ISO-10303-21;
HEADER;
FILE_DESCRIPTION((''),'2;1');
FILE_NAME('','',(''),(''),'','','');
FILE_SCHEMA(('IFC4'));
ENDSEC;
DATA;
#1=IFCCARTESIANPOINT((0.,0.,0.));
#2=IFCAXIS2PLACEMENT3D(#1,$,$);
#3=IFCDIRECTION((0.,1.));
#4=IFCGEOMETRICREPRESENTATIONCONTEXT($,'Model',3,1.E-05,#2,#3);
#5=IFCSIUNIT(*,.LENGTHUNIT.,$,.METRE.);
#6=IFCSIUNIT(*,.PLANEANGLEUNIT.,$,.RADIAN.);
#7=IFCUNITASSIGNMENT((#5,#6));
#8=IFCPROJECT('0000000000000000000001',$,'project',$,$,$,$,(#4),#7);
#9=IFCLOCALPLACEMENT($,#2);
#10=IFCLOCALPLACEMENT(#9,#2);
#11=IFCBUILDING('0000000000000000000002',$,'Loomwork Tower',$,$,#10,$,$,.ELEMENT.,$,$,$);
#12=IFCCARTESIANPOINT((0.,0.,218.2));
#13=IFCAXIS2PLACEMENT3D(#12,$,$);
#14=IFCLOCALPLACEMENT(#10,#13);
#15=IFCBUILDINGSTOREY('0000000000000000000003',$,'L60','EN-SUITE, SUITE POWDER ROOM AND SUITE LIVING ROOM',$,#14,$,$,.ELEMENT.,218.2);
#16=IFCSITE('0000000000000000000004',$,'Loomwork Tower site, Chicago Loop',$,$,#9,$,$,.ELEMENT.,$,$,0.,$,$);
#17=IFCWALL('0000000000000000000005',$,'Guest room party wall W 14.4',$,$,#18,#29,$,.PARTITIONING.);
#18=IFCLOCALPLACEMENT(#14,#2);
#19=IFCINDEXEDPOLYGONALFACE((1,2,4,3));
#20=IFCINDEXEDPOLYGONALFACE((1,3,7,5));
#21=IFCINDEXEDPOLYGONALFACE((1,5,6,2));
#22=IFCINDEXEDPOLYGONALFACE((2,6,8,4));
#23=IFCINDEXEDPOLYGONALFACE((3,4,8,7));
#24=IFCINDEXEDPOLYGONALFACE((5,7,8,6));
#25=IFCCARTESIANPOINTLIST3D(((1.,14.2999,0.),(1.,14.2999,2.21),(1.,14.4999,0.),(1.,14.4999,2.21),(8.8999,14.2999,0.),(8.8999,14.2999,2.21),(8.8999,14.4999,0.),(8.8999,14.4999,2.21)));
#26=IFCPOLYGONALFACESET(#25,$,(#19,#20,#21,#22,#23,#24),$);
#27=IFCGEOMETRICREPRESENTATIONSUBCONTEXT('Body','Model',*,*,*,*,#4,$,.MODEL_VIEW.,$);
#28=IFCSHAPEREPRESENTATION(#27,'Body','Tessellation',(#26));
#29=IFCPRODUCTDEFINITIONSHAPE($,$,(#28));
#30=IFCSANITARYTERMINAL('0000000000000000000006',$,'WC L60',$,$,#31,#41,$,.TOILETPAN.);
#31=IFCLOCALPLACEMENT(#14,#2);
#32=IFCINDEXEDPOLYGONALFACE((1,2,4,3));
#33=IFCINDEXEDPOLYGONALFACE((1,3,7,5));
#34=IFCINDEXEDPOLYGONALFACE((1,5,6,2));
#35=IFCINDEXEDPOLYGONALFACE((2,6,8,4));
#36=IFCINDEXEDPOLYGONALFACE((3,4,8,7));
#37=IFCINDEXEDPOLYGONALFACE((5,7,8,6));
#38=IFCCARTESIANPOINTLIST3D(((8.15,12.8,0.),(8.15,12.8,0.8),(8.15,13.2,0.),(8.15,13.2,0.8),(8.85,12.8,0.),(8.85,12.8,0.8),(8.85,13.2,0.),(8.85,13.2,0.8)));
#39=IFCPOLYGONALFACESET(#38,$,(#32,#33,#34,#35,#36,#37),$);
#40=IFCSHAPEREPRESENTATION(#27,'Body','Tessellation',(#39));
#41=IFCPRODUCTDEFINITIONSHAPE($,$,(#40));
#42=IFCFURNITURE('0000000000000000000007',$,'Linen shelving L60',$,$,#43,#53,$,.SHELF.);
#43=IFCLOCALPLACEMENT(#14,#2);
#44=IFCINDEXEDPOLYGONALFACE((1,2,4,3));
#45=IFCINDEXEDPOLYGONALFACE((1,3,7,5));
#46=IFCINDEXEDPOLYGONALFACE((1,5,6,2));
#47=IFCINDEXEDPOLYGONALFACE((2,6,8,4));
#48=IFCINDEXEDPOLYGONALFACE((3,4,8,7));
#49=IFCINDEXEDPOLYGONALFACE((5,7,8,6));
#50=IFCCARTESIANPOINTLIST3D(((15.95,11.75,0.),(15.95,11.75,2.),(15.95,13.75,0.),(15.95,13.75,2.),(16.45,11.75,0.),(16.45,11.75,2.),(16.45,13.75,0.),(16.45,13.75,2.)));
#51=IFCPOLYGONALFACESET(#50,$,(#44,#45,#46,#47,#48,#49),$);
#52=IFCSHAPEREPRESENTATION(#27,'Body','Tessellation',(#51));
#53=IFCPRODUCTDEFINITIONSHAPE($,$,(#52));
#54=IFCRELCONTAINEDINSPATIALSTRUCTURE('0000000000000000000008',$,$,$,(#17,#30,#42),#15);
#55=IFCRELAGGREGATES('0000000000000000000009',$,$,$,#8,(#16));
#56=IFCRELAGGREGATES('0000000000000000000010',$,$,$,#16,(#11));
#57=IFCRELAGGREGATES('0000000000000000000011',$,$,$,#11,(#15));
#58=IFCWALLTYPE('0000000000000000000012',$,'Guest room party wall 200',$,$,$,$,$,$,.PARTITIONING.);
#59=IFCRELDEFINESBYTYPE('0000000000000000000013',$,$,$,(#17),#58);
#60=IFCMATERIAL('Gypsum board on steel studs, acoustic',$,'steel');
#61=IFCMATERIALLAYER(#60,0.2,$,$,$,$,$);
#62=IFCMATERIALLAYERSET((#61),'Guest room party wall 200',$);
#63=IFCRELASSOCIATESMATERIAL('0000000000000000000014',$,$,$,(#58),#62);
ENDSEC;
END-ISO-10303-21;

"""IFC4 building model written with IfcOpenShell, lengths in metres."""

from ifc_helpers import new_model, si_unit, direction, frame, frame_2d, origin, origin_2d, place, context, subcontext, project, spatial, rectangle, extrude, material, layer, layer_set, type_object, element, save


model = new_model("IFC4")

# Units and contexts
model_context = context("Model", 3, precision=1e-05, world=origin(), true_north=direction((0.0, 1.0)))
body_context = subcontext(model_context, "Body", "Model", "MODEL_VIEW")
ifc_project = project(units=[si_unit("LENGTHUNIT", "METRE"), si_unit("PLANEANGLEUNIT", "RADIAN")], contexts=[model_context])

# Site, building, storey
site_placement = place(None, origin())
site = spatial("IfcSite", under=ifc_project, at=site_placement, Name="Loomwork Tower site, Chicago Loop", CompositionType="ELEMENT", RefElevation=0.0)
building_placement = place(site_placement, origin())
building = spatial("IfcBuilding", under=site, at=building_placement, Name="Loomwork Tower", CompositionType="ELEMENT")
storey_placement = place(building_placement, frame((0.0, 0.0, 218.2)))
storey = spatial("IfcBuildingStorey", under=building, at=storey_placement, Name="L60", Description="EN-SUITE, SUITE POWDER ROOM AND SUITE LIVING ROOM", CompositionType="ELEMENT", Elevation=218.2)

# Wall
ifc_material_1 = material(Name="Gypsum board on steel studs, acoustic", Category="steel")
ifc_layer_1 = layer(ifc_material_1, 0.2)
ifc_layer_set_1 = layer_set([ifc_layer_1], Name="Guest room party wall 200")
wall_type_1 = type_object("IfcWallType", Name="Guest room party wall 200", PredefinedType="PARTITIONING", material=ifc_layer_set_1)
wall_1_placement = place(storey_placement, frame((8.8999, 14.3999, 0.0), z_axis=(0.0, 0.0, 1.0), x_axis=(-1.0, 0.0, 0.0)))
element("IfcWall", 1, at=wall_1_placement, inside=storey, type_object=wall_type_1, Name="Guest room party wall W 14.4", PredefinedType="PARTITIONING", context=body_context, shape_type="SweptSolid", body=[
    extrude(rectangle(XDim=7.8999, YDim=0.2, at=frame_2d((3.95, 0.0))), origin(), (0.0, 0.0, 1.0), 2.21),
])

# Sanitary terminal
sanitary_terminal_placement = place(storey_placement, frame((8.5, 13.0, 0.0), z_axis=(0.0, 0.0, 1.0), x_axis=(1.0, 0.0, 0.0)))
element("IfcSanitaryTerminal", 2, at=sanitary_terminal_placement, inside=storey, Name="WC L60", PredefinedType="TOILETPAN", context=body_context, shape_type="SweptSolid", body=[
    extrude(rectangle(XDim=0.7, YDim=0.3999, at=origin_2d()), origin(), (0.0, 0.0, 1.0), 0.8),
])

# Furniture
furniture_placement = place(storey_placement, frame((16.2, 12.75, 0.0), z_axis=(0.0, 0.0, 1.0), x_axis=(1.0, 0.0, 0.0)))
element("IfcFurniture", 3, at=furniture_placement, inside=storey, Name="Linen shelving L60", PredefinedType="SHELF", context=body_context, shape_type="SweptSolid", body=[
    extrude(rectangle(XDim=0.5, YDim=2.0, at=origin_2d()), origin(), (0.0, 0.0, 1.0), 2.0),
])

save(model, "model.ifc")
